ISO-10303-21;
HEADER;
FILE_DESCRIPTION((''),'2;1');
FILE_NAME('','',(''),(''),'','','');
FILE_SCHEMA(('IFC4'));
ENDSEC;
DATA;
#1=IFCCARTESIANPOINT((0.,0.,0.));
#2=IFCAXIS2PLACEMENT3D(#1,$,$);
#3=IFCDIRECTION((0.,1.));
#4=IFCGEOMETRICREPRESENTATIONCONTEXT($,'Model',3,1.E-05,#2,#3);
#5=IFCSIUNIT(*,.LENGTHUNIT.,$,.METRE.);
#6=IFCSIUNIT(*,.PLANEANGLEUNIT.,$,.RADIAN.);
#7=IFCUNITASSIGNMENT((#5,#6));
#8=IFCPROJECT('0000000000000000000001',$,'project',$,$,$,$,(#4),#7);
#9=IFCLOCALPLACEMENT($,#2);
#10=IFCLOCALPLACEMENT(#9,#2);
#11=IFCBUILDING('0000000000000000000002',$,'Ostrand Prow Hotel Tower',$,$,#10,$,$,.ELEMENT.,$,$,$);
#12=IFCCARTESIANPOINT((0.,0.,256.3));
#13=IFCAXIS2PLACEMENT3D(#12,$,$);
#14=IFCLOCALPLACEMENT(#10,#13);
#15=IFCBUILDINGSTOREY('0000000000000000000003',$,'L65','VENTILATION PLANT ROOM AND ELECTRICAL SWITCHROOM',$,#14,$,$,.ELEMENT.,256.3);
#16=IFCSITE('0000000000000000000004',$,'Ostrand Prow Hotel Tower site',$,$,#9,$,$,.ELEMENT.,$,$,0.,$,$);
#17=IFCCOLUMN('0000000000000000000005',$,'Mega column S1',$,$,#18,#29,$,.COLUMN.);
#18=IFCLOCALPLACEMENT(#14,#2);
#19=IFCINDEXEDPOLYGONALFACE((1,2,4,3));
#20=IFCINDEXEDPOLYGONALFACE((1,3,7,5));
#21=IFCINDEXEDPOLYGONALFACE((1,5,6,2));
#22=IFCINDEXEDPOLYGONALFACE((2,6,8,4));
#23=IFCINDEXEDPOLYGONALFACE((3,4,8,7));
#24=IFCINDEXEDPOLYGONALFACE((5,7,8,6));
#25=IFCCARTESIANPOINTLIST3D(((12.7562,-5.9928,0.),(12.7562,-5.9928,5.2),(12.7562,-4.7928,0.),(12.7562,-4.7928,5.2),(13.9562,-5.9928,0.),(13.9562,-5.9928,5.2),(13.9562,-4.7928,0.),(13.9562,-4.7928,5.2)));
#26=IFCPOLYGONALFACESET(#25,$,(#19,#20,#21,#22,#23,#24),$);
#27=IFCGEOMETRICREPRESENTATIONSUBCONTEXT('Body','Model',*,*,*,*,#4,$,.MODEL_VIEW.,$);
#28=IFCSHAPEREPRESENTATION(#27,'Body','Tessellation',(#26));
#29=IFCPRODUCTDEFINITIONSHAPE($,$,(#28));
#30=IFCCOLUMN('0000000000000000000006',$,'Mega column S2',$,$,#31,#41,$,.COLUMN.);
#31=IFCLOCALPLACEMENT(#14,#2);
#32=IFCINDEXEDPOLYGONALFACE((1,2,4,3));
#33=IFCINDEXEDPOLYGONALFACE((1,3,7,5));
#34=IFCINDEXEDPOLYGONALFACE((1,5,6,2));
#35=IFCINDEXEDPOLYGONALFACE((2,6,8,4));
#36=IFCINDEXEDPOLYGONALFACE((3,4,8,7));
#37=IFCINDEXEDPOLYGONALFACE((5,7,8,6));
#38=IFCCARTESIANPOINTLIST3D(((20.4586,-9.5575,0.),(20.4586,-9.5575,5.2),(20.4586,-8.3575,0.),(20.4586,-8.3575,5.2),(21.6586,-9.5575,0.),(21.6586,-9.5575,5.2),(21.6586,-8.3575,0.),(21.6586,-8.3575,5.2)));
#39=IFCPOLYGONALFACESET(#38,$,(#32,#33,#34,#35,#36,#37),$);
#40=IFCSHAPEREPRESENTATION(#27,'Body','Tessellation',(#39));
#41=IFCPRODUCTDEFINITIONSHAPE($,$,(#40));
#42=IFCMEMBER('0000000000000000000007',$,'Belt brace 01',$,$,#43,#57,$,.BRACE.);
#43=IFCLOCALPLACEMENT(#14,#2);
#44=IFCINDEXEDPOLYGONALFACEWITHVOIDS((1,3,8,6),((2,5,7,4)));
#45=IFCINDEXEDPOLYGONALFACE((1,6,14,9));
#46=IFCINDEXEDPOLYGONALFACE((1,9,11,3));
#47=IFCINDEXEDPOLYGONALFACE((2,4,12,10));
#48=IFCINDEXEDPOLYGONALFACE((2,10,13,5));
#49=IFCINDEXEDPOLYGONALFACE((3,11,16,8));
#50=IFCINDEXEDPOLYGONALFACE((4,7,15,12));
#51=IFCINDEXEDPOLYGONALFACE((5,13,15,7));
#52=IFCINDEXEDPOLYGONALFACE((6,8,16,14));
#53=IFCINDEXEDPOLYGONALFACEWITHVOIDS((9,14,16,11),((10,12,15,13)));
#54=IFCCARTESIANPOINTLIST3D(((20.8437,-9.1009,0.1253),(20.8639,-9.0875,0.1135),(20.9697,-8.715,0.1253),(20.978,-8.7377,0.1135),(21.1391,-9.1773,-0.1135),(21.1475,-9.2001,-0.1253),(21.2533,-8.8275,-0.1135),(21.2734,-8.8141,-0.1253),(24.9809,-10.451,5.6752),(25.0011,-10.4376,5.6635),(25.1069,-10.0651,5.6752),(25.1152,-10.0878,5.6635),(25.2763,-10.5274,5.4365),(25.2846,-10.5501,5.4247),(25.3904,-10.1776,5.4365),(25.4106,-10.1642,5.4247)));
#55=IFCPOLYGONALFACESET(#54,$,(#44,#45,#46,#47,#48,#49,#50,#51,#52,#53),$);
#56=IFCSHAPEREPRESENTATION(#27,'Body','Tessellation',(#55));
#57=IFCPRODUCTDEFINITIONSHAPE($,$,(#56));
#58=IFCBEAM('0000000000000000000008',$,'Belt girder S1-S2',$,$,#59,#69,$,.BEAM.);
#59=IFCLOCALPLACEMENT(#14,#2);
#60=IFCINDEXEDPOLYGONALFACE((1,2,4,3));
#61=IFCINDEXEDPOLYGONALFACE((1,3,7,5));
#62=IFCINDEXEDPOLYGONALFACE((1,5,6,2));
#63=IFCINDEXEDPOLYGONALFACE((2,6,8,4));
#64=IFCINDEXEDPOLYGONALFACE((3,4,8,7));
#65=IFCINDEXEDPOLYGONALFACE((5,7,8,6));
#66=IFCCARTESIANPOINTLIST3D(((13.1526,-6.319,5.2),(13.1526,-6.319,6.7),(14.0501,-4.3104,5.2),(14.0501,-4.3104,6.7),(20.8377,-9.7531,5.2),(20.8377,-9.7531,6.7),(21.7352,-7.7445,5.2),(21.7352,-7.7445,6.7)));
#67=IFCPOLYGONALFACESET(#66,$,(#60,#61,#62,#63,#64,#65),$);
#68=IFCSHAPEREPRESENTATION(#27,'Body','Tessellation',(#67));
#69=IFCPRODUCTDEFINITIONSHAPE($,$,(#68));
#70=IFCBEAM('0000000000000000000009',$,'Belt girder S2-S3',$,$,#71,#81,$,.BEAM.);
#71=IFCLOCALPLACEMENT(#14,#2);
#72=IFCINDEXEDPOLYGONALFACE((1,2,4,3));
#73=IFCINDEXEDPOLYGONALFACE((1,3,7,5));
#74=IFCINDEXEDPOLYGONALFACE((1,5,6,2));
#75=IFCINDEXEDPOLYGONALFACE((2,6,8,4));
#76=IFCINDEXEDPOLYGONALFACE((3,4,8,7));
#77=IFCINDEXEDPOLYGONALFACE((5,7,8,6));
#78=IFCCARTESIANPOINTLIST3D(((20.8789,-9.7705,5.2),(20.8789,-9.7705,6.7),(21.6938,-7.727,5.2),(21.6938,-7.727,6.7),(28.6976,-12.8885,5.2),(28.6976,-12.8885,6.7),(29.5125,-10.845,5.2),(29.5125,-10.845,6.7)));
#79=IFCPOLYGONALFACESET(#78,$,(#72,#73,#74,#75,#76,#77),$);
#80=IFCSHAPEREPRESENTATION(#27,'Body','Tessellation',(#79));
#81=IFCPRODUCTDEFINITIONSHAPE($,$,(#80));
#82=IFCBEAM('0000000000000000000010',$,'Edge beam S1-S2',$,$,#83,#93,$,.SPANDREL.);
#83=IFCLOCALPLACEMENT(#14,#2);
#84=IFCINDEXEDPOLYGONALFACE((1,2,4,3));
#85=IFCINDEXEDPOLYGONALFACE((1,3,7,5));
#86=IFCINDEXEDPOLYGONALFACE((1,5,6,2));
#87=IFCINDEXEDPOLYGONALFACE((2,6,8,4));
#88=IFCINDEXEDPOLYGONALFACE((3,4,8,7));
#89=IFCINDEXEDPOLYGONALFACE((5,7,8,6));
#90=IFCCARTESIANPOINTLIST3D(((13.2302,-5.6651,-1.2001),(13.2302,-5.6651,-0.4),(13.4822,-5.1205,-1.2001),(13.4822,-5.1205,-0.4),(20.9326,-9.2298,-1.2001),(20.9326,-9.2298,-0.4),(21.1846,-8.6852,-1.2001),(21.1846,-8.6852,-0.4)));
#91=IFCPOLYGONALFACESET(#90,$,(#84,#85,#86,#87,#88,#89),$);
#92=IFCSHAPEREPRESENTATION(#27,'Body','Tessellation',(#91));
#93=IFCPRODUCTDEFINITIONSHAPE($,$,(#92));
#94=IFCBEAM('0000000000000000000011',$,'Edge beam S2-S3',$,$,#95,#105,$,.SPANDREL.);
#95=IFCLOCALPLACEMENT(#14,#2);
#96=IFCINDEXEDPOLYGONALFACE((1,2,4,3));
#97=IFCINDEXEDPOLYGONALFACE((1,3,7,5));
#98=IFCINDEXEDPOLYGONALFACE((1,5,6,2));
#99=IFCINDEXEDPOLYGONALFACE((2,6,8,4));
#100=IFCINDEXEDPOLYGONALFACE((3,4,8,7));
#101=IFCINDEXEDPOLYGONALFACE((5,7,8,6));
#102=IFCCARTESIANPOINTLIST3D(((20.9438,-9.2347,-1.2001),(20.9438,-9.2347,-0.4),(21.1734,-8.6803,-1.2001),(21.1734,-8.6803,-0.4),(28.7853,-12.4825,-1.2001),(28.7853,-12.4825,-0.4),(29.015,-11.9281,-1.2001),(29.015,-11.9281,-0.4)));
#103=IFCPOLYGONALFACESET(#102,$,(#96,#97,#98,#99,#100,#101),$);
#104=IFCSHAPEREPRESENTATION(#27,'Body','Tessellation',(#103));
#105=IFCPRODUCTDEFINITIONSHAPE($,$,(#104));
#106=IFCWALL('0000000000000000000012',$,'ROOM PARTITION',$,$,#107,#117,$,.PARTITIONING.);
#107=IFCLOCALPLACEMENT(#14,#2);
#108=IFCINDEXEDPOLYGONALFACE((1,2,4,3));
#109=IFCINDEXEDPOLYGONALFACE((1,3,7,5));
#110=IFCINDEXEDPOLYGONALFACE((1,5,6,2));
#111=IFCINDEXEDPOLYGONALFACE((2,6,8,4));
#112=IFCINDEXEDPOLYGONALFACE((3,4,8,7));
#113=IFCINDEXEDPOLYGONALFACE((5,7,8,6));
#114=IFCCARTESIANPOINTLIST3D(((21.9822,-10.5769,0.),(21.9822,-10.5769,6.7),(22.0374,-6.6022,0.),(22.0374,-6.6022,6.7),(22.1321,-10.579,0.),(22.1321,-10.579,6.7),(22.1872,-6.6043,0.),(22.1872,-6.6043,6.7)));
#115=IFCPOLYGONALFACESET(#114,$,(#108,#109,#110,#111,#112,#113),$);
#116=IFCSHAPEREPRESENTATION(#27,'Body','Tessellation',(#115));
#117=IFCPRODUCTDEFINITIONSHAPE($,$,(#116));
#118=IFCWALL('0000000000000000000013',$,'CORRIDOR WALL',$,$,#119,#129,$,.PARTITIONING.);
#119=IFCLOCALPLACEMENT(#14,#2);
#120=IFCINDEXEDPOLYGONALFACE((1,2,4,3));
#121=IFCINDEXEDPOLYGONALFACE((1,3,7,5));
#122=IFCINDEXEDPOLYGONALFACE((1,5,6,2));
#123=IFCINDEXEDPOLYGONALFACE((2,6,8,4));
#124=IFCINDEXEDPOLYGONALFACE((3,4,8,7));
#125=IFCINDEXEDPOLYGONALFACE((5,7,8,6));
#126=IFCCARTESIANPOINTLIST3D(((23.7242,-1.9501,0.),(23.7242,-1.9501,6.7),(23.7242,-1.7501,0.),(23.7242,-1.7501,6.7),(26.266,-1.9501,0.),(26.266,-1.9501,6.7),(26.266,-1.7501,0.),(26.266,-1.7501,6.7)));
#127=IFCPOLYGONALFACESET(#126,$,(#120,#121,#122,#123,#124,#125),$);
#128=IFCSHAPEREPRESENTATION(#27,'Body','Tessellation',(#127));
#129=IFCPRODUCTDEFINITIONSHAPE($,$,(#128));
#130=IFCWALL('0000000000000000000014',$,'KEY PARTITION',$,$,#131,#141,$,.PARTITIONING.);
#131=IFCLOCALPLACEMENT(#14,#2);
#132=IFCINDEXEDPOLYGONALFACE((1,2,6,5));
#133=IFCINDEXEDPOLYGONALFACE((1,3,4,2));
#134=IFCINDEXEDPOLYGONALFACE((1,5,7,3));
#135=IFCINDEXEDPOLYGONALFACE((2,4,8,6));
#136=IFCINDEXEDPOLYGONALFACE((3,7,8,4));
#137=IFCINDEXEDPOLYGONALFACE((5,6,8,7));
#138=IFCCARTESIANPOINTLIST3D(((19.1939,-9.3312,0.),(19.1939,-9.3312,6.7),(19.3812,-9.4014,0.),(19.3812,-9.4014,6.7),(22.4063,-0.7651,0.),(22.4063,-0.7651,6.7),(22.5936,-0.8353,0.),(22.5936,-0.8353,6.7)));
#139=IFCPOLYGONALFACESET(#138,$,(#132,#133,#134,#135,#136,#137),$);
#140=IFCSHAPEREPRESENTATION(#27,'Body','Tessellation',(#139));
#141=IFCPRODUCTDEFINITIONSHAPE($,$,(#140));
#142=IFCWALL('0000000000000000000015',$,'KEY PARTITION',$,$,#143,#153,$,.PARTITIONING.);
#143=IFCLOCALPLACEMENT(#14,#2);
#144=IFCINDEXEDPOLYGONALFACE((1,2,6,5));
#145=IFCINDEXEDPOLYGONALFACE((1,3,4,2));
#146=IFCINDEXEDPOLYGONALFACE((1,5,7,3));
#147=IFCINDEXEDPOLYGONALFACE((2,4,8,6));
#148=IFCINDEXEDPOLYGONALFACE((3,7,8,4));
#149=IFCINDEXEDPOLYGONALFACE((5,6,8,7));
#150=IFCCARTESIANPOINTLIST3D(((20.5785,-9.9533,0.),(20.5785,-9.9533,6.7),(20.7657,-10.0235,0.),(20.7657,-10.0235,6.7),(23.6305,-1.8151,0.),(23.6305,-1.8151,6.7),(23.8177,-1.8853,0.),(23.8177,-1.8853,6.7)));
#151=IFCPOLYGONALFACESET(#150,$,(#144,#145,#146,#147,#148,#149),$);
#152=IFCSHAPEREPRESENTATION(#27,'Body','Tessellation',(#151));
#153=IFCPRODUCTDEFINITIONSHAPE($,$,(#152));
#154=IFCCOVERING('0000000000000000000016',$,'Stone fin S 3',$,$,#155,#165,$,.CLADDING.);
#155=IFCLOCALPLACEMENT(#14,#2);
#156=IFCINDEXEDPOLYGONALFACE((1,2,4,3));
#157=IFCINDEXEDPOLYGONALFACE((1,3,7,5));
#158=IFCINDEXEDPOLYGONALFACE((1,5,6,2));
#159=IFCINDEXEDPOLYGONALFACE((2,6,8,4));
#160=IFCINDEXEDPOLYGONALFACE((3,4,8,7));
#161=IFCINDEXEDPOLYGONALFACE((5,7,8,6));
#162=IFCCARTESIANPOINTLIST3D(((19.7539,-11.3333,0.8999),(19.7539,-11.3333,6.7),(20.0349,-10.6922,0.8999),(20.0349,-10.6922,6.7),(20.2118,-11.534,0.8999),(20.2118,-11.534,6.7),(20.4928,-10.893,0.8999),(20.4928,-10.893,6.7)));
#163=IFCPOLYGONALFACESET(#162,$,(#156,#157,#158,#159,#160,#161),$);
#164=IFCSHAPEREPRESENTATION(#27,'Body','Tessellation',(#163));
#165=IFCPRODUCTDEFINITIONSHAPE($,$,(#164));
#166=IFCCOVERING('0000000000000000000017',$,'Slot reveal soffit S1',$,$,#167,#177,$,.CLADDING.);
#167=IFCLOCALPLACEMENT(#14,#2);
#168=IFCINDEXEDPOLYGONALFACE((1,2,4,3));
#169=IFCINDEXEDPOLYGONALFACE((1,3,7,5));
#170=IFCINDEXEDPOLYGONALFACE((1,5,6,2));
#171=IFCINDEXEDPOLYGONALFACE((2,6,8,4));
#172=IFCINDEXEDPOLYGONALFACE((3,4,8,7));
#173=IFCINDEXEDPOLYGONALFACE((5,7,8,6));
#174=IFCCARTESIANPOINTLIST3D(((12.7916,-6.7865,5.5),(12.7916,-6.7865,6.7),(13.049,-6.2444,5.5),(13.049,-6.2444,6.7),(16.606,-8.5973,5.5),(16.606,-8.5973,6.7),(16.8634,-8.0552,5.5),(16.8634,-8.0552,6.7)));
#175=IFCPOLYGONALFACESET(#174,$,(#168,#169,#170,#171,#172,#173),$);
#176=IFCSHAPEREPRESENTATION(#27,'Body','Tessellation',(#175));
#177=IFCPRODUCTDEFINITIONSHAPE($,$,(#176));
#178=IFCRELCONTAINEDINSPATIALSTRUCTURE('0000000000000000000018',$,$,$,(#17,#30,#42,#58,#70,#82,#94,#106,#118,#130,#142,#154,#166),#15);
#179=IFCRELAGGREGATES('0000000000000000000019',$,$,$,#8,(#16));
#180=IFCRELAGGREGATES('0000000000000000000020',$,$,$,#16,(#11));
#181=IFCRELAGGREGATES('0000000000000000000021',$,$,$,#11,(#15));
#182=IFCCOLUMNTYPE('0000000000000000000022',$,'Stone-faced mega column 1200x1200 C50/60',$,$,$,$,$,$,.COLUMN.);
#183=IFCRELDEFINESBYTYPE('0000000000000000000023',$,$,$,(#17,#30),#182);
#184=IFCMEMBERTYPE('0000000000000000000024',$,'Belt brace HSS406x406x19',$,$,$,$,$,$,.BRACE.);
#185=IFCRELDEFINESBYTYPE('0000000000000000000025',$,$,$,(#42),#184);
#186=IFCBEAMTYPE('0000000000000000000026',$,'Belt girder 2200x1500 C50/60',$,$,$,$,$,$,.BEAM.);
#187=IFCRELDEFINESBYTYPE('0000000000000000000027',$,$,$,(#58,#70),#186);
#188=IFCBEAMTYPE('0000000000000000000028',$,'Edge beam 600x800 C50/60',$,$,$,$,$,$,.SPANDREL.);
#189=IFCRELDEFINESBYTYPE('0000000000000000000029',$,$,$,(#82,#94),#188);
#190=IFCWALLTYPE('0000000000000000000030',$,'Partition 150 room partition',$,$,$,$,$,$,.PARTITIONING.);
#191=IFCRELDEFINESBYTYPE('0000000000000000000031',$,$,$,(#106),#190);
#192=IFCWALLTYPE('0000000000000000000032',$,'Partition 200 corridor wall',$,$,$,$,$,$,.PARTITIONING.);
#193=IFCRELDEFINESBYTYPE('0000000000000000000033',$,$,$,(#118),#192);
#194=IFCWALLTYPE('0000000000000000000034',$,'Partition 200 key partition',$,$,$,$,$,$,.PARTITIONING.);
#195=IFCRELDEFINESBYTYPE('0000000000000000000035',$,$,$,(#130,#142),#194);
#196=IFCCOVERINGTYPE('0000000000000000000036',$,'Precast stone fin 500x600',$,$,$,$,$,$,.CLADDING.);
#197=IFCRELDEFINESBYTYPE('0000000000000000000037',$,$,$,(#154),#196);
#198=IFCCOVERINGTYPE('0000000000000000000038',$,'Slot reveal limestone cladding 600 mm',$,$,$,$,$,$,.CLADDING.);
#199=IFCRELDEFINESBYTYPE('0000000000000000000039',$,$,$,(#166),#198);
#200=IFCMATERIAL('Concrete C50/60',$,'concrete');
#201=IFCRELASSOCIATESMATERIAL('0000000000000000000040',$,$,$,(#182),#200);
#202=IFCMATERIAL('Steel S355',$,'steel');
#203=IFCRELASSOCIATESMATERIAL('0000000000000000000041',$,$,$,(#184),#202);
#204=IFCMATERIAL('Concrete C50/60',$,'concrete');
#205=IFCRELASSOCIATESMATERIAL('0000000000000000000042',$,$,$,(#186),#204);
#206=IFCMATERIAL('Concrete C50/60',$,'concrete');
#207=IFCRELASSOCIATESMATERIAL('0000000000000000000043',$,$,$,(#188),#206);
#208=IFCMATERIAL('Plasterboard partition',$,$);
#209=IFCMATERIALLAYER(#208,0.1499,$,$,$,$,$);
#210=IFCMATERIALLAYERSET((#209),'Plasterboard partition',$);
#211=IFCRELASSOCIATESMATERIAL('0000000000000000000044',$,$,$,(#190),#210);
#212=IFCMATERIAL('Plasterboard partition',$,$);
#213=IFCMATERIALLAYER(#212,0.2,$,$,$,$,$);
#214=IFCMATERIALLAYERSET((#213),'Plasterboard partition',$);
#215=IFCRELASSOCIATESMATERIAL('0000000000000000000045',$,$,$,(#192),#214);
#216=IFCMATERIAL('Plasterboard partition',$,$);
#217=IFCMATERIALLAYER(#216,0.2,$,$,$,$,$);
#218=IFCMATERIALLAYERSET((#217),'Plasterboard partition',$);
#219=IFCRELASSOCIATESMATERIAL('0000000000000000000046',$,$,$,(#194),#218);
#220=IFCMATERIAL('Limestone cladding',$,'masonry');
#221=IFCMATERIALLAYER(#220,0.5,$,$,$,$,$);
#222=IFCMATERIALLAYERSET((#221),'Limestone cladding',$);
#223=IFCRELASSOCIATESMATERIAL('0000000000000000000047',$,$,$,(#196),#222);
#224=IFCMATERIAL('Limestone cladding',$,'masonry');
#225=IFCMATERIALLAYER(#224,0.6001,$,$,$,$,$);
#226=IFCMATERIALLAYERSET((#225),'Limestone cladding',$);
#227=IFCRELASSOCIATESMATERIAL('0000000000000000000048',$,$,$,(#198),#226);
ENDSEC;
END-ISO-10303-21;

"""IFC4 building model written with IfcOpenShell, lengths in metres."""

from ifc_helpers import new_model, si_unit, direction, frame, frame_2d, origin, origin_2d, place, context, subcontext, project, spatial, rectangle, hollow_rectangle, extrude, material, layer, layer_set, material_profile, profile_set, type_object, element, save


model = new_model("IFC4")

# Units and contexts
model_context = context("Model", 3, precision=1e-05, world=origin(), true_north=direction((0.0, 1.0)))
body_context = subcontext(model_context, "Body", "Model", "MODEL_VIEW")
ifc_project = project(units=[si_unit("LENGTHUNIT", "METRE"), si_unit("PLANEANGLEUNIT", "RADIAN")], contexts=[model_context])

# Site, building, storey
site_placement = place(None, origin())
site = spatial("IfcSite", under=ifc_project, at=site_placement, Name="Ostrand Prow Hotel Tower site", CompositionType="ELEMENT", RefElevation=0.0)
building_placement = place(site_placement, origin())
building = spatial("IfcBuilding", under=site, at=building_placement, Name="Ostrand Prow Hotel Tower", CompositionType="ELEMENT")
storey_placement = place(building_placement, frame((0.0, 0.0, 256.3)))
storey = spatial("IfcBuildingStorey", under=building, at=storey_placement, Name="L65", Description="VENTILATION PLANT ROOM AND ELECTRICAL SWITCHROOM", CompositionType="ELEMENT", Elevation=256.3)

# Columns
ifc_material_1 = material(Name="Concrete C50/60", Category="concrete")
ifc_material_profile_1 = material_profile(ifc_material_1, rectangle(XDim=1.2, YDim=1.2, at=origin_2d()), Name="RC 1200x1200")
ifc_profile_set_1 = profile_set([ifc_material_profile_1], Name="Concrete C50/60")
column_type = type_object("IfcColumnType", Name="Stone-faced mega column 1200x1200 C50/60", PredefinedType="COLUMN", material=ifc_profile_set_1)
for number, where, z_axis, x_axis, name in (
    (1, (13.3562, -5.3928, 0.0), (0.0, 0.0, 1.0), (1.0, 0.0, 0.0), "Mega column S1"),
    (2, (21.0586, -8.9575, 0.0), (0.0, 0.0, 1.0), (1.0, 0.0, 0.0), "Mega column S2"),
):
    element("IfcColumn", number, at=place(storey_placement, frame(where, z_axis=z_axis, x_axis=x_axis)), inside=storey, type_object=column_type, Name=name, PredefinedType="COLUMN", context=body_context, shape_type="SweptSolid", body=[
        extrude(rectangle(XDim=1.2, YDim=1.2, at=origin_2d()), origin(), (0.0, 0.0, 1.0), 5.2),
    ])

# Member
ifc_material_2 = material(Name="Steel S355", Category="steel")
ifc_material_profile_2 = material_profile(ifc_material_2, hollow_rectangle(XDim=0.406, YDim=0.406, WallThickness=0.019, at=origin_2d()), Name="HSS406x406x19")
ifc_profile_set_2 = profile_set([ifc_material_profile_2], Name="Steel S355")
member_type = type_object("IfcMemberType", Name="Belt brace HSS406x406x19", PredefinedType="BRACE", material=ifc_profile_set_2)
member_placement = place(storey_placement, frame((21.0586, -8.9575, 0.0), z_axis=(0.586603, -0.191427, 0.786926), x_axis=(0.31023, 0.950662, 0.0)))
element("IfcMember", 3, at=member_placement, inside=storey, type_object=member_type, Name="Belt brace 01", PredefinedType="BRACE", context=body_context, shape_type="SweptSolid", body=[
    extrude(hollow_rectangle(XDim=0.406, YDim=0.406, WallThickness=0.019, at=origin_2d()), origin(), (0.0, 0.0, 1.0), 7.0527),
])

# Beams
ifc_material_3 = material(Name="Concrete C50/60", Category="concrete")
ifc_material_profile_3 = material_profile(ifc_material_3, rectangle(XDim=2.2, YDim=1.5, at=origin_2d()), Name="RC 2200x1500")
ifc_profile_set_3 = profile_set([ifc_material_profile_3], Name="Concrete C50/60")
beam_type_1 = type_object("IfcBeamType", Name="Belt girder 2200x1500 C50/60", PredefinedType="BEAM", material=ifc_profile_set_3)
for number, where, z_axis, x_axis, name in (
    (4, (13.6013, -5.3147, 5.95), (0.912994, -0.407973, 0.0), (0.407973, 0.912994, 0.0), "Belt girder S1-S2"),
    (5, (21.2864, -8.7488, 5.95), (0.928866, -0.370415, 0.0), (0.370415, 0.928866, 0.0), "Belt girder S2-S3"),
):
    element("IfcBeam", number, at=place(storey_placement, frame(where, z_axis=z_axis, x_axis=x_axis)), inside=storey, type_object=beam_type_1, Name=name, PredefinedType="BEAM", context=body_context, shape_type="SweptSolid", body=[
        extrude(rectangle(XDim=2.2, YDim=1.5, at=origin_2d()), origin(), (0.0, 0.0, 1.0), 8.4175),
    ])
ifc_material_4 = material(Name="Concrete C50/60", Category="concrete")
ifc_material_profile_4 = material_profile(ifc_material_4, rectangle(XDim=0.6001, YDim=0.8, at=origin_2d()), Name="RC 600x800")
ifc_profile_set_4 = profile_set([ifc_material_profile_4], Name="Concrete C50/60")
beam_type_2 = type_object("IfcBeamType", Name="Edge beam 600x800 C50/60", PredefinedType="SPANDREL", material=ifc_profile_set_4)
beam_1_placement = place(storey_placement, frame((13.3562, -5.3928, -0.8), z_axis=(0.907522, -0.420005, 0.0), x_axis=(0.420005, 0.907522, 0.0)))
element("IfcBeam", 6, at=beam_1_placement, inside=storey, type_object=beam_type_2, Name="Edge beam S1-S2", PredefinedType="SPANDREL", context=body_context, shape_type="SweptSolid", body=[
    extrude(rectangle(XDim=0.6001, YDim=0.8, at=origin_2d()), origin(), (0.0, 0.0, 1.0), 8.4873),
])
beam_2_placement = place(storey_placement, frame((21.0586, -8.9575, -0.8), z_axis=(0.923891, -0.382656, 0.0), x_axis=(0.382656, 0.923891, 0.0)))
element("IfcBeam", 7, at=beam_2_placement, inside=storey, type_object=beam_type_2, Name="Edge beam S2-S3", PredefinedType="SPANDREL", context=body_context, shape_type="SweptSolid", body=[
    extrude(rectangle(XDim=0.6001, YDim=0.8, at=origin_2d()), origin(), (0.0, 0.0, 1.0), 8.4875),
])

# Walls
ifc_material_5 = material(Name="Plasterboard partition")
ifc_layer_1 = layer(ifc_material_5, 0.1499)
ifc_layer_set_1 = layer_set([ifc_layer_1], Name="Plasterboard partition")
wall_type_1 = type_object("IfcWallType", Name="Partition 150 room partition", PredefinedType="PARTITIONING", material=ifc_layer_set_1)
wall_1_placement = place(storey_placement, frame((22.1123, -6.6033, 0.0), z_axis=(0.0, 0.0, 1.0), x_axis=(-0.013881, -0.999904, 0.0)))
element("IfcWall", 8, at=wall_1_placement, inside=storey, type_object=wall_type_1, Name="ROOM PARTITION", PredefinedType="PARTITIONING", context=body_context, shape_type="SweptSolid", body=[
    extrude(rectangle(XDim=3.9751, YDim=0.1499, at=frame_2d((1.9875, 0.0))), origin(), (0.0, 0.0, 1.0), 6.7),
])
ifc_material_6 = material(Name="Plasterboard partition")
ifc_layer_2 = layer(ifc_material_6, 0.2)
ifc_layer_set_2 = layer_set([ifc_layer_2], Name="Plasterboard partition")
wall_type_2 = type_object("IfcWallType", Name="Partition 200 corridor wall", PredefinedType="PARTITIONING", material=ifc_layer_set_2)
wall_2_placement = place(storey_placement, frame((23.7241, -1.8501, 0.0), z_axis=(0.0, 0.0, 1.0), x_axis=(1.0, 0.0, 0.0)))
element("IfcWall", 9, at=wall_2_placement, inside=storey, type_object=wall_type_2, Name="CORRIDOR WALL", PredefinedType="PARTITIONING", context=body_context, shape_type="SweptSolid", body=[
    extrude(rectangle(XDim=2.5417, YDim=0.2, at=frame_2d((1.271, 0.0))), origin(), (0.0, 0.0, 1.0), 6.7),
])
ifc_material_7 = material(Name="Plasterboard partition")
ifc_layer_3 = layer(ifc_material_7, 0.2)
ifc_layer_set_3 = layer_set([ifc_layer_3], Name="Plasterboard partition")
wall_type_3 = type_object("IfcWallType", Name="Partition 200 key partition", PredefinedType="PARTITIONING", material=ifc_layer_set_3)
wall_3_placement = place(storey_placement, frame((19.2876, -9.3662, 0.0), z_axis=(0.0, 0.0, 1.0), x_axis=(0.351132, 0.936326, 0.0)))
element("IfcWall", 10, at=wall_3_placement, inside=storey, type_object=wall_type_3, Name="KEY PARTITION", PredefinedType="PARTITIONING", context=body_context, shape_type="SweptSolid", body=[
    extrude(rectangle(XDim=9.1487, YDim=0.2, at=frame_2d((4.5742, 0.0))), origin(), (0.0, 0.0, 1.0), 6.7),
])
wall_4_placement = place(storey_placement, frame((20.6721, -9.9883, 0.0), z_axis=(0.0, 0.0, 1.0), x_axis=(0.351142, 0.936322, 0.0)))
element("IfcWall", 11, at=wall_4_placement, inside=storey, type_object=wall_type_3, Name="KEY PARTITION", PredefinedType="PARTITIONING", context=body_context, shape_type="SweptSolid", body=[
    extrude(rectangle(XDim=8.6917, YDim=0.2, at=frame_2d((4.3457, 0.0))), origin(), (0.0, 0.0, 1.0), 6.7),
])

# Covering
ifc_material_8 = material(Name="Limestone cladding", Category="masonry")
ifc_layer_4 = layer(ifc_material_8, 0.5)
ifc_layer_set_4 = layer_set([ifc_layer_4], Name="Limestone cladding")
covering_type_1 = type_object("IfcCoveringType", Name="Precast stone fin 500x600", PredefinedType="CLADDING", material=ifc_layer_set_4)
covering_1_placement = place(storey_placement, frame((20.2639, -10.7925, 0.8999), z_axis=(0.0, 0.0, 1.0), x_axis=(-0.401441, -0.915885, 0.0)))
element("IfcCovering", 12, at=covering_1_placement, inside=storey, type_object=covering_type_1, Name="Stone fin S 3", PredefinedType="CLADDING", context=body_context, shape_type="SweptSolid", body=[
    extrude(rectangle(XDim=0.7, YDim=0.5, at=frame_2d((0.3501, 0.0))), origin(), (0.0, 0.0, 1.0), 5.8),
])

# Covering
ifc_material_9 = material(Name="Limestone cladding", Category="masonry")
ifc_layer_5 = layer(ifc_material_9, 0.6001)
ifc_layer_set_5 = layer_set([ifc_layer_5], Name="Limestone cladding")
covering_type_2 = type_object("IfcCoveringType", Name="Slot reveal limestone cladding 600 mm", PredefinedType="CLADDING", material=ifc_layer_set_5)
covering_2_placement = place(storey_placement, frame((12.9202, -6.5154, 5.5), z_axis=(0.0, 0.0, 1.0), x_axis=(0.903376, -0.428849, 0.0)))
element("IfcCovering", 13, at=covering_2_placement, inside=storey, type_object=covering_type_2, Name="Slot reveal soffit S1", PredefinedType="CLADDING", context=body_context, shape_type="SweptSolid", body=[
    extrude(rectangle(XDim=4.2224, YDim=0.6001, at=frame_2d((2.1113, 0.0))), origin(), (0.0, 0.0, 1.0), 1.2),
])

save(model, "model.ifc")
